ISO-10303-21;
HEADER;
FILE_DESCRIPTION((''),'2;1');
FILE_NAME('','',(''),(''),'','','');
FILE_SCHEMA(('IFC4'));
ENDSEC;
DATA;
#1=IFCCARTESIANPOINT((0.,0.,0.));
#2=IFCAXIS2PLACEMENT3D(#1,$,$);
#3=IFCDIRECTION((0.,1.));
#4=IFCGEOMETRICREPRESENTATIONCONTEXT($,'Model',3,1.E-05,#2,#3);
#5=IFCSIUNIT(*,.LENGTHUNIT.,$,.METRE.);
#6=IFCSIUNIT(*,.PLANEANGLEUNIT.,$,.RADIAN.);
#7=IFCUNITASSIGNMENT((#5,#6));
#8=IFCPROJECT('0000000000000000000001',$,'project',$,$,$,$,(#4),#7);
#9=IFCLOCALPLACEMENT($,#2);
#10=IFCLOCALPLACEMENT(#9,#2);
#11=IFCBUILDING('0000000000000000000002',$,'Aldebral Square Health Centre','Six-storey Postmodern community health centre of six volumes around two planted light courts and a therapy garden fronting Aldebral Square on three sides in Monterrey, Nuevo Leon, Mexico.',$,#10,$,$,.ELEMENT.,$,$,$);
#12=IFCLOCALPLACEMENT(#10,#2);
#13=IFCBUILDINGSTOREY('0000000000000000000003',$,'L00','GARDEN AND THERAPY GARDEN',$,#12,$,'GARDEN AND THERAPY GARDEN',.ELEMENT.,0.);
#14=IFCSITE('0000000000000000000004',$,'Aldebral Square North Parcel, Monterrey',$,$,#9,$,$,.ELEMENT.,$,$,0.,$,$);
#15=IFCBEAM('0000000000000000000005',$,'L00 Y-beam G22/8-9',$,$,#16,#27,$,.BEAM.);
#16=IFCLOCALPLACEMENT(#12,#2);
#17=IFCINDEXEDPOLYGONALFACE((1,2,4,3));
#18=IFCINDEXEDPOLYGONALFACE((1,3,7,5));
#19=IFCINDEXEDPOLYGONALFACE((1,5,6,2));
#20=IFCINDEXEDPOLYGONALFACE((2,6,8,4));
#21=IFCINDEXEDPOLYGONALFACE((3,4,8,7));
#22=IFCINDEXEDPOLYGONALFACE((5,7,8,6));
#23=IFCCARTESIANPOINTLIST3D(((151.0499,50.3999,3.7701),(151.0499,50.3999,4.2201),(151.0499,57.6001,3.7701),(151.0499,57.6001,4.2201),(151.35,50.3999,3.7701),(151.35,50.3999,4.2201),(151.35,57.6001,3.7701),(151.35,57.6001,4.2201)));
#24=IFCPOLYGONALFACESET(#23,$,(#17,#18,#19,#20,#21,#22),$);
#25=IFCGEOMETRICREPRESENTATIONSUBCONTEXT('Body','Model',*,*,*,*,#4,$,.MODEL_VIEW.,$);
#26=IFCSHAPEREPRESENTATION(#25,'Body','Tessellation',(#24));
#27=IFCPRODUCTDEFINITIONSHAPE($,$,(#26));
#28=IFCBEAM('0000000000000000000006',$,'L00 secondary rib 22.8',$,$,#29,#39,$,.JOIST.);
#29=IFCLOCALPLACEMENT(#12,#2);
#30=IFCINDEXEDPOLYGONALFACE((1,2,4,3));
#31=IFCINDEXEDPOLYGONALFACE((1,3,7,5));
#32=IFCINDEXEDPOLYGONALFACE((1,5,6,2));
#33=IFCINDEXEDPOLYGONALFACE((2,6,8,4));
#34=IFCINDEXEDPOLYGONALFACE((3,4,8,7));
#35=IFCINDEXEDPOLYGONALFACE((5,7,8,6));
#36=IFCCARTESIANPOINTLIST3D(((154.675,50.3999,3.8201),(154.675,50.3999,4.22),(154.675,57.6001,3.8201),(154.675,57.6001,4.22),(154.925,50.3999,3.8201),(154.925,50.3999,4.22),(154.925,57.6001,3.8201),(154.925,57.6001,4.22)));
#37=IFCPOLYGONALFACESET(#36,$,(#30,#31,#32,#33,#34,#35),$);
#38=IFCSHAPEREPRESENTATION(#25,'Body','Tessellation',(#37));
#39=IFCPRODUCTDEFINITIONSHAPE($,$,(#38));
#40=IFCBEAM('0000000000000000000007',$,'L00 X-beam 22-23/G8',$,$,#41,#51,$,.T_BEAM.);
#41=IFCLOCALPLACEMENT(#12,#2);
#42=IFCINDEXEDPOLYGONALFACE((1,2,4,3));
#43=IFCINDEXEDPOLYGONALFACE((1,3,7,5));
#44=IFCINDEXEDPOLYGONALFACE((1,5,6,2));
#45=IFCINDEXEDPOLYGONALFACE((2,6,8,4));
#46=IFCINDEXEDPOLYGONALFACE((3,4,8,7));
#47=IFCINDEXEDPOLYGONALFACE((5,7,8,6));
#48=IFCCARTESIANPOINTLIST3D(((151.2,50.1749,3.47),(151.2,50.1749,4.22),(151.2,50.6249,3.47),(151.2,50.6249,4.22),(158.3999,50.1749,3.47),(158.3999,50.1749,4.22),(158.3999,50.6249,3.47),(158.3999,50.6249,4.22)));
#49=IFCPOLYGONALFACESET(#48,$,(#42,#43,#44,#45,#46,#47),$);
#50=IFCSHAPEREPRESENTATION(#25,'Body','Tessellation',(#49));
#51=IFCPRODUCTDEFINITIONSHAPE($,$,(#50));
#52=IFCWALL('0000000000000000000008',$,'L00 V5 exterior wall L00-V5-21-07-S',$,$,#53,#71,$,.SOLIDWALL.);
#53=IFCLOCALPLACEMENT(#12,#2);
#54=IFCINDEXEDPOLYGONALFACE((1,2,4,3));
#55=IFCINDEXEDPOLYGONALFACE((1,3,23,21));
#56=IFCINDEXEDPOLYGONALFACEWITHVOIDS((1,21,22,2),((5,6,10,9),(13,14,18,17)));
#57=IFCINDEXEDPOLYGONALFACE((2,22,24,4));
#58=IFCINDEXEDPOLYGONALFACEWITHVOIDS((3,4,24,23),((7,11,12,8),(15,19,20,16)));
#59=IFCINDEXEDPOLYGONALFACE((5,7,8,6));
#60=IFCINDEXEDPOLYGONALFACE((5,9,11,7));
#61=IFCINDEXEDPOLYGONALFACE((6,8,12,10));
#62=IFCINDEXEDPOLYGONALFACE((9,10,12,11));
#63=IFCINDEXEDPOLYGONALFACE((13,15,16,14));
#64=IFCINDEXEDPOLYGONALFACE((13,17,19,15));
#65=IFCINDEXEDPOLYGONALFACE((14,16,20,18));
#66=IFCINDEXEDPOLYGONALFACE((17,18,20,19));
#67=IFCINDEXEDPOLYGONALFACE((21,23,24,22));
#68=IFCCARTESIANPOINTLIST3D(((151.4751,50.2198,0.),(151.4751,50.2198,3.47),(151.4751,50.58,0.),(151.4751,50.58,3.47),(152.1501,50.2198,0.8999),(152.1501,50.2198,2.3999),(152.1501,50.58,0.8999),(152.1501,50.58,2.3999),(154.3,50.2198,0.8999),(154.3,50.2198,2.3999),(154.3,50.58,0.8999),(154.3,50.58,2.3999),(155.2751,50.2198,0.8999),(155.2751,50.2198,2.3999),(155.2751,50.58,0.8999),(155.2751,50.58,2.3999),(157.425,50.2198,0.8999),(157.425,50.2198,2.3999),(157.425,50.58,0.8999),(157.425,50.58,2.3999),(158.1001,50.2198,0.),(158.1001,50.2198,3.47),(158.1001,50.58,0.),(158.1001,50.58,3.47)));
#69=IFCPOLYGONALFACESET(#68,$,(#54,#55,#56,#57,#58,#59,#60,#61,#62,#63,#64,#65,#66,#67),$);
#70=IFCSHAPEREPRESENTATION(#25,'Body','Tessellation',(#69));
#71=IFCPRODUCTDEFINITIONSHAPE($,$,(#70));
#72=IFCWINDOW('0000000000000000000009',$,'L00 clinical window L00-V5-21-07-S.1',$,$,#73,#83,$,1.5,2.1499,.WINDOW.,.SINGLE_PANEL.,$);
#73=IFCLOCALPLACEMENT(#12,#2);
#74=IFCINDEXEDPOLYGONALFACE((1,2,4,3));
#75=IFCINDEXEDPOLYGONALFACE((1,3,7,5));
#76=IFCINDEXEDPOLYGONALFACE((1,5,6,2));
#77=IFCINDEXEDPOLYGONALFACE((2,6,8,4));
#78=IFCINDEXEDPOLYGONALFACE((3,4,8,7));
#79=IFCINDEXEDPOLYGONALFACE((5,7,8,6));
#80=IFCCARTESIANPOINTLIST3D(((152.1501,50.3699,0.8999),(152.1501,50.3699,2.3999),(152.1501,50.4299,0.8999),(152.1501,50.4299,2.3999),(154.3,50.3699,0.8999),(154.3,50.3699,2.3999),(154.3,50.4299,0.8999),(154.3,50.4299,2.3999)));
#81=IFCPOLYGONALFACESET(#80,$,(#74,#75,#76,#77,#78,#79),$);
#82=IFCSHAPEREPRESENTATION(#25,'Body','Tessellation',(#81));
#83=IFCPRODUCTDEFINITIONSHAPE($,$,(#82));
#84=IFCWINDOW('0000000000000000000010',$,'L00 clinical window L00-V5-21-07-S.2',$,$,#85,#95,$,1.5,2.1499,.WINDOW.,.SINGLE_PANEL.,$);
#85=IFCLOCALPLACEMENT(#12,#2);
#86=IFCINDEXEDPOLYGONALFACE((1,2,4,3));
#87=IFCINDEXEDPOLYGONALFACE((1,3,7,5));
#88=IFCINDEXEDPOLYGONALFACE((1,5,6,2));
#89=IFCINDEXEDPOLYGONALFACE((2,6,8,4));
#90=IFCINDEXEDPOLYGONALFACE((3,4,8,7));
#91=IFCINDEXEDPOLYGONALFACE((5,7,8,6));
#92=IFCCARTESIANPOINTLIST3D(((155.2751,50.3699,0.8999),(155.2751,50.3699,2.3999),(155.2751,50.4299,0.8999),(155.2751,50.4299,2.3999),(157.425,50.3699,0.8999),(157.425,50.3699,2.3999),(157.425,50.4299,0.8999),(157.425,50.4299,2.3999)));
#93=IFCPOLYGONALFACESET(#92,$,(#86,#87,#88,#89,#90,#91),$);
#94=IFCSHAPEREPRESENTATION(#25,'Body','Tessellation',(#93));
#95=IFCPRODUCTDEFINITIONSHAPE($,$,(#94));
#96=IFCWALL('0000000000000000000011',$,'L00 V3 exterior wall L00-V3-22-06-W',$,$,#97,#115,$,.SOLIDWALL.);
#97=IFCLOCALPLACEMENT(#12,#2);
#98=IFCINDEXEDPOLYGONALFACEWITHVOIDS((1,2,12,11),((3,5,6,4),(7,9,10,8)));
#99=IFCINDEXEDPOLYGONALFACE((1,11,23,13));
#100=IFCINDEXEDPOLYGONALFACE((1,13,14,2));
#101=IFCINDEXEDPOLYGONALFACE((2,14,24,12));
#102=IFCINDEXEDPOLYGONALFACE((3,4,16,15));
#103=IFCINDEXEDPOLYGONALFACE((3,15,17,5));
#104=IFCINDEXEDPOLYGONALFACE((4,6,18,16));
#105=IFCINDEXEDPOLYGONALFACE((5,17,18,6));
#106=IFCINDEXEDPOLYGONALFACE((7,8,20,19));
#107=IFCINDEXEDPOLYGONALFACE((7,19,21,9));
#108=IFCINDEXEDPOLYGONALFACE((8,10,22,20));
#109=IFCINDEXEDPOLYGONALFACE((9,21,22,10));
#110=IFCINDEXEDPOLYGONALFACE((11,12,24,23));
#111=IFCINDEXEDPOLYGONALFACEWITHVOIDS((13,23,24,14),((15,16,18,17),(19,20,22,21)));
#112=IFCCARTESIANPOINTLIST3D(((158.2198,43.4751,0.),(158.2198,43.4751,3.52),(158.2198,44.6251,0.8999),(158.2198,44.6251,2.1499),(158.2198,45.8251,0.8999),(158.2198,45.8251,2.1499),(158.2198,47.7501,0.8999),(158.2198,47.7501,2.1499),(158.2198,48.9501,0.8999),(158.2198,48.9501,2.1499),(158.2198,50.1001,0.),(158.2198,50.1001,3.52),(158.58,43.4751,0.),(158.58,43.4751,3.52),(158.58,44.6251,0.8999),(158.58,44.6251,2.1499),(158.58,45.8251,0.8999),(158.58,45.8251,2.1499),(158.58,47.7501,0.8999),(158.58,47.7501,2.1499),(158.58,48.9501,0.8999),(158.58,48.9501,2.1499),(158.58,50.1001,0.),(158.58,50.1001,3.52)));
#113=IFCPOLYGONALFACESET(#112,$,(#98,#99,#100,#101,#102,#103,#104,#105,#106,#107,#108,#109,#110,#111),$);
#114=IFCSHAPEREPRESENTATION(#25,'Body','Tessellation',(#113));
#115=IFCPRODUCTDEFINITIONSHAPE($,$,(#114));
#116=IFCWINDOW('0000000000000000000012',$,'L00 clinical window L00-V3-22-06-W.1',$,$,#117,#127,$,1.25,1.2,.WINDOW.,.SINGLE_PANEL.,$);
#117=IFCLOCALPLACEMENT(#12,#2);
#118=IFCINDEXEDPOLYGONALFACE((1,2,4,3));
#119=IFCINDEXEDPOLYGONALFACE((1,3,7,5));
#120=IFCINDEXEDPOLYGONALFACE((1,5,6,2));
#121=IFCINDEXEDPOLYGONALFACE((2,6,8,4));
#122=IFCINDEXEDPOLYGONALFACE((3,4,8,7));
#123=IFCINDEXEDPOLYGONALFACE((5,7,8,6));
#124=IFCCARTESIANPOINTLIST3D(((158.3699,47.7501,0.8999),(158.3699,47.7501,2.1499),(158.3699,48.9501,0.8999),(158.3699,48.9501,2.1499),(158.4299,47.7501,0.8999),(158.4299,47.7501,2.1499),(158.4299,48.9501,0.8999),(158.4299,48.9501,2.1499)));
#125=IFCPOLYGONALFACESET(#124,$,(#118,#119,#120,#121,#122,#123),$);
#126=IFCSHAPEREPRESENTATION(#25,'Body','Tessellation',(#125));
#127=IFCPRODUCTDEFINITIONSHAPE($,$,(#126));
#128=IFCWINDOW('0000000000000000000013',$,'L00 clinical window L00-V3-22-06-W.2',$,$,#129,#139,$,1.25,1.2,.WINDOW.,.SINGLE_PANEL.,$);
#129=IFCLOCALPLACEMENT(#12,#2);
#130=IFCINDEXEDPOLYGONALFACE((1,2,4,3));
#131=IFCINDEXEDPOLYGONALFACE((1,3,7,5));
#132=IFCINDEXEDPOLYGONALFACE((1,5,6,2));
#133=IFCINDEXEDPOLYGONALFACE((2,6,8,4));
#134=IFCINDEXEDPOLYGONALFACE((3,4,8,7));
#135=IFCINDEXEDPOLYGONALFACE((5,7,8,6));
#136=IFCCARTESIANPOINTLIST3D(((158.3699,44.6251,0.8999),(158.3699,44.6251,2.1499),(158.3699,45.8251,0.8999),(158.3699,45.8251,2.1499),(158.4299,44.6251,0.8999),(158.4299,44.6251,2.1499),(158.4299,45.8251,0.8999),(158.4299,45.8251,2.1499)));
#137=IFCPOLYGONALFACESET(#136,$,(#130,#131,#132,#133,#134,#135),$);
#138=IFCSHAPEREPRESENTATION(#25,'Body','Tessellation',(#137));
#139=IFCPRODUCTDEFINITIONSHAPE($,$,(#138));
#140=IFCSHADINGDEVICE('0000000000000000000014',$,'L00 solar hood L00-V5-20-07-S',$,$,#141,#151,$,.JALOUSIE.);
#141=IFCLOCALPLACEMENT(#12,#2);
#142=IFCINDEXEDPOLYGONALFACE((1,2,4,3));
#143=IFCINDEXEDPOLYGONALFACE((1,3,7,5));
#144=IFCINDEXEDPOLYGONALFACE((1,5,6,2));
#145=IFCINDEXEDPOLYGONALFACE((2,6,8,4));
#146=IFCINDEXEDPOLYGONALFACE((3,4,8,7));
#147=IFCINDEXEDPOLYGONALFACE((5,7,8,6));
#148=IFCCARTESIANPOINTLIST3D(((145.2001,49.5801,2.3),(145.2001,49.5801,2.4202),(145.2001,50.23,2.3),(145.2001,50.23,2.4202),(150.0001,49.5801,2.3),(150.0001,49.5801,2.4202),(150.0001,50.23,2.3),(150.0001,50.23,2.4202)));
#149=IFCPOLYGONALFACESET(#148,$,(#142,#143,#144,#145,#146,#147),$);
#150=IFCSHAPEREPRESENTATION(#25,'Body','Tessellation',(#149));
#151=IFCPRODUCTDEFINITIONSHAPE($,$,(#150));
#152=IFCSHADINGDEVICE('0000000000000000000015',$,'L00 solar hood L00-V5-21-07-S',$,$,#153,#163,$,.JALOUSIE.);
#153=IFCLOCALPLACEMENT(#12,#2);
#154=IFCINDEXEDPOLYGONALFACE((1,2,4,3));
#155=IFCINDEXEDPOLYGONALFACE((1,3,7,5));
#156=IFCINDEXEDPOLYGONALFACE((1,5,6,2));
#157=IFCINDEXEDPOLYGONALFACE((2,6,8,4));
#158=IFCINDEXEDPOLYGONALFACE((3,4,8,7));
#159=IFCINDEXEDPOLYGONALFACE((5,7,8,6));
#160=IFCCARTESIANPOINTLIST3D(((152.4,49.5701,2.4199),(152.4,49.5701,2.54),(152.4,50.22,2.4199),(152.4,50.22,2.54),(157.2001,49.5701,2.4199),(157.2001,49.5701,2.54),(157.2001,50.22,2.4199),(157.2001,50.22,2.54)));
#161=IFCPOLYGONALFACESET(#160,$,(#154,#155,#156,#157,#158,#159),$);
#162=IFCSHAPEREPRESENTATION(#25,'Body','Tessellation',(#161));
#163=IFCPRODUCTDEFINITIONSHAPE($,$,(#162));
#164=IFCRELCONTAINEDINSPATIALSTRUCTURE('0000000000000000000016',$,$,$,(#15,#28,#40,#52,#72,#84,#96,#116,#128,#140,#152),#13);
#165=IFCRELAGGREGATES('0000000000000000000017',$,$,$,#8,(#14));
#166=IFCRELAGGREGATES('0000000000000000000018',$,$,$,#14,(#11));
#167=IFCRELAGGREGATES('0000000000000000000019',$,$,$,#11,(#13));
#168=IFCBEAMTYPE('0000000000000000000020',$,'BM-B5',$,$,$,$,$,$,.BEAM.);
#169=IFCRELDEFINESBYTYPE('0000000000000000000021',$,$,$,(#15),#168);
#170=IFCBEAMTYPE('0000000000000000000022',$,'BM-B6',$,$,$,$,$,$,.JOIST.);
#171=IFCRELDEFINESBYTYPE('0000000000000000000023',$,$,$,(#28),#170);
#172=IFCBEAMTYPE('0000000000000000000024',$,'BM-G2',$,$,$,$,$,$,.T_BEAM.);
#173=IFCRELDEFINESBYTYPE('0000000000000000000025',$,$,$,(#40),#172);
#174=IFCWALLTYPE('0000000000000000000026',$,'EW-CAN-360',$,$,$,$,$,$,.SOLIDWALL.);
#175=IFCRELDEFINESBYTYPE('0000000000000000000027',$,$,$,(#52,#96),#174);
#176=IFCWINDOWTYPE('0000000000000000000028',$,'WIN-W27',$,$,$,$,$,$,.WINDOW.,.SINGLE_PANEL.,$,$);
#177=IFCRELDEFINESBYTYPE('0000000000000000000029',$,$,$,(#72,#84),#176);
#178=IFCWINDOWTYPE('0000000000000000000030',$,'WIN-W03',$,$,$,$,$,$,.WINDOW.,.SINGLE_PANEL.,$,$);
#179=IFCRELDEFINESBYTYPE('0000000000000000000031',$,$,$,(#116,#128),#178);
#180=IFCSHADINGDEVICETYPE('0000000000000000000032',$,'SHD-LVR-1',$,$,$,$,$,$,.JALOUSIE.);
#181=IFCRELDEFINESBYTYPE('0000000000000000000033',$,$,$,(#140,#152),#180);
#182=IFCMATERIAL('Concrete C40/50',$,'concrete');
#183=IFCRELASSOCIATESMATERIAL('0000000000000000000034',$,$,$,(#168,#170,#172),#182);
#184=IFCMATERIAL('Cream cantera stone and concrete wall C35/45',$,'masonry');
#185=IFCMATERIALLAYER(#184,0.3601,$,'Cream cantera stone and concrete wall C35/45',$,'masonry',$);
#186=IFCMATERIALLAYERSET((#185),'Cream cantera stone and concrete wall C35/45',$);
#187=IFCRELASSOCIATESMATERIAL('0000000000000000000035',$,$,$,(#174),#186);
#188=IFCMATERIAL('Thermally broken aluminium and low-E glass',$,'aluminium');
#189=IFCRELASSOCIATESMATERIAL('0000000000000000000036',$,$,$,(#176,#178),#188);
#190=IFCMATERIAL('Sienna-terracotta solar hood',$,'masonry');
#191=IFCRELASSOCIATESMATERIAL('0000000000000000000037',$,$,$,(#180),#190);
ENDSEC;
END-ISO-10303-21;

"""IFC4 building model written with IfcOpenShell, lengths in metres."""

from ifc_helpers import new_model, si_unit, direction, frame, frame_2d, origin, origin_2d, place, context, subcontext, project, spatial, rectangle, extrude, material, layer, layer_set, material_profile, profile_set, type_object, element, fill, save


model = new_model("IFC4")

# Units and contexts
model_context = context("Model", 3, precision=1e-05, world=origin(), true_north=direction((0.0, 1.0)))
body_context = subcontext(model_context, "Body", "Model", "MODEL_VIEW")
ifc_project = project(units=[si_unit("LENGTHUNIT", "METRE"), si_unit("PLANEANGLEUNIT", "RADIAN")], contexts=[model_context])

# Site, building, storey
site_placement = place(None, origin())
site = spatial("IfcSite", under=ifc_project, at=site_placement, Name="Aldebral Square North Parcel, Monterrey", CompositionType="ELEMENT", RefElevation=0.0)
building_placement = place(site_placement, origin())
building = spatial("IfcBuilding", under=site, at=building_placement, Name="Aldebral Square Health Centre", Description="Six-storey Postmodern community health centre of six volumes around two planted light courts and a therapy garden fronting Aldebral Square on three sides in Monterrey, Nuevo Leon, Mexico.", CompositionType="ELEMENT")
storey_placement = place(building_placement, origin())
storey = spatial("IfcBuildingStorey", under=building, at=storey_placement, Name="L00", Description="GARDEN AND THERAPY GARDEN", LongName="GARDEN AND THERAPY GARDEN", CompositionType="ELEMENT", Elevation=0.0)

# Shared definitions
ifc_material_1 = material(Name="Concrete C40/50", Category="concrete")

# Beams
ifc_material_profile_1 = material_profile(ifc_material_1, rectangle(XDim=0.3, YDim=0.45, at=origin_2d()), Name="RC 300x450")
ifc_profile_set_1 = profile_set([ifc_material_profile_1], Name="Concrete C40/50")
beam_type_1 = type_object("IfcBeamType", Name="BM-B5", PredefinedType="BEAM", material=ifc_profile_set_1)
beam_1_placement = place(storey_placement, frame((151.2, 50.3999, 3.9951), z_axis=(0.0, 1.0, 0.0), x_axis=(-1.0, 0.0, 0.0)))
element("IfcBeam", 1, at=beam_1_placement, inside=storey, type_object=beam_type_1, Name="L00 Y-beam G22/8-9", PredefinedType="BEAM", context=body_context, shape_type="SweptSolid", body=[
    extrude(rectangle(XDim=0.3, YDim=0.45, at=origin_2d()), origin(), (0.0, 0.0, 1.0), 7.2002),
])
ifc_material_profile_2 = material_profile(ifc_material_1, rectangle(XDim=0.25, YDim=0.3999, at=origin_2d()), Name="RC 250x400")
ifc_profile_set_2 = profile_set([ifc_material_profile_2], Name="Concrete C40/50")
beam_type_2 = type_object("IfcBeamType", Name="BM-B6", PredefinedType="JOIST", material=ifc_profile_set_2)
beam_2_placement = place(storey_placement, frame((154.8, 50.3999, 4.02), z_axis=(0.0, 1.0, 0.0), x_axis=(-1.0, 0.0, 0.0)))
element("IfcBeam", 2, at=beam_2_placement, inside=storey, type_object=beam_type_2, Name="L00 secondary rib 22.8", PredefinedType="JOIST", context=body_context, shape_type="SweptSolid", body=[
    extrude(rectangle(XDim=0.25, YDim=0.3999, at=origin_2d()), origin(), (0.0, 0.0, 1.0), 7.2002),
])
ifc_material_profile_3 = material_profile(ifc_material_1, rectangle(XDim=0.45, YDim=0.75, at=origin_2d()), Name="RC 450x750")
ifc_profile_set_3 = profile_set([ifc_material_profile_3], Name="Concrete C40/50")
beam_type_3 = type_object("IfcBeamType", Name="BM-G2", PredefinedType="T_BEAM", material=ifc_profile_set_3)
beam_3_placement = place(storey_placement, frame((151.2, 50.3999, 3.845), z_axis=(1.0, 0.0, 0.0), x_axis=(0.0, 1.0, 0.0)))
element("IfcBeam", 3, at=beam_3_placement, inside=storey, type_object=beam_type_3, Name="L00 X-beam 22-23/G8", PredefinedType="T_BEAM", context=body_context, shape_type="SweptSolid", body=[
    extrude(rectangle(XDim=0.45, YDim=0.75, at=origin_2d()), origin(), (0.0, 0.0, 1.0), 7.2),
])

# Walls, openings, windows
ifc_material_2 = material(Name="Cream cantera stone and concrete wall C35/45", Category="masonry")
ifc_layer_1 = layer(ifc_material_2, 0.3601, Name="Cream cantera stone and concrete wall C35/45", Category="masonry")
ifc_layer_set_1 = layer_set([ifc_layer_1], Name="Cream cantera stone and concrete wall C35/45")
wall_type = type_object("IfcWallType", Name="EW-CAN-360", PredefinedType="SOLIDWALL", material=ifc_layer_set_1)
wall_1_placement = place(storey_placement, frame((151.4751, 50.3999, 0.0), z_axis=(0.0, 0.0, 1.0), x_axis=(1.0, 0.0, 0.0)))
wall_1 = element("IfcWall", 4, at=wall_1_placement, inside=storey, type_object=wall_type, Name="L00 V5 exterior wall L00-V5-21-07-S", PredefinedType="SOLIDWALL", context=body_context, shape_type="SweptSolid", body=[
    extrude(rectangle(XDim=6.625, YDim=0.3601, at=frame_2d((3.3125, 0.0))), origin(), (0.0, 0.0, 1.0), 3.47),
])
opening_1_placement = place(wall_1_placement, frame((0.675, 0.0, 0.8999)))
opening_1 = element("IfcOpeningElement", 5, at=opening_1_placement, cuts=wall_1, PredefinedType="OPENING", context=body_context, shape_type="SweptSolid", body=[
    extrude(rectangle(XDim=2.1499, YDim=1.5, at=frame_2d((1.075, 0.75))), frame((0.0, 0.1899, 0.0), z_axis=(0.0, -1.0, 0.0), x_axis=(1.0, 0.0, 0.0)), (0.0, 0.0, 1.0), 0.3801),
])
opening_2_placement = place(wall_1_placement, frame((3.8, 0.0, 0.8999)))
opening_2 = element("IfcOpeningElement", 6, at=opening_2_placement, cuts=wall_1, PredefinedType="OPENING", context=body_context, shape_type="SweptSolid", body=[
    extrude(rectangle(XDim=2.1499, YDim=1.5, at=frame_2d((1.075, 0.75))), frame((0.0, 0.1899, 0.0), z_axis=(0.0, -1.0, 0.0), x_axis=(1.0, 0.0, 0.0)), (0.0, 0.0, 1.0), 0.3801),
])
ifc_material_3 = material(Name="Thermally broken aluminium and low-E glass", Category="aluminium")
window_type_1 = type_object("IfcWindowType", Name="WIN-W27", PartitioningType="SINGLE_PANEL", PredefinedType="WINDOW", material=ifc_material_3)
window_1_placement = place(opening_1_placement, origin())
window_1 = element("IfcWindow", 7, at=window_1_placement, inside=storey, type_object=window_type_1, Name="L00 clinical window L00-V5-21-07-S.1", OverallHeight=1.5, OverallWidth=2.1499, PartitioningType="SINGLE_PANEL", PredefinedType="WINDOW", context=body_context, shape_type="SweptSolid", body=[
    extrude(rectangle(XDim=2.1499, YDim=1.5, at=frame_2d((1.075, 0.75))), frame((0.0, 0.03, 0.0), z_axis=(0.0, -1.0, 0.0), x_axis=(1.0, 0.0, 0.0)), (0.0, 0.0, 1.0), 0.0601),
])
fill(opening_1, window_1)
window_2_placement = place(opening_2_placement, origin())
window_2 = element("IfcWindow", 8, at=window_2_placement, inside=storey, type_object=window_type_1, Name="L00 clinical window L00-V5-21-07-S.2", OverallHeight=1.5, OverallWidth=2.1499, PartitioningType="SINGLE_PANEL", PredefinedType="WINDOW", context=body_context, shape_type="SweptSolid", body=[
    extrude(rectangle(XDim=2.1499, YDim=1.5, at=frame_2d((1.075, 0.75))), frame((0.0, 0.03, 0.0), z_axis=(0.0, -1.0, 0.0), x_axis=(1.0, 0.0, 0.0)), (0.0, 0.0, 1.0), 0.0601),
])
fill(opening_2, window_2)
wall_2_placement = place(storey_placement, frame((158.3999, 50.1001, 0.0), z_axis=(0.0, 0.0, 1.0), x_axis=(0.0, -1.0, 0.0)))
wall_2 = element("IfcWall", 9, at=wall_2_placement, inside=storey, type_object=wall_type, Name="L00 V3 exterior wall L00-V3-22-06-W", PredefinedType="SOLIDWALL", context=body_context, shape_type="SweptSolid", body=[
    extrude(rectangle(XDim=6.625, YDim=0.3601, at=frame_2d((3.3125, 0.0))), origin(), (0.0, 0.0, 1.0), 3.52),
])
opening_3_placement = place(wall_2_placement, frame((1.1499, 0.0, 0.8999)))
opening_3 = element("IfcOpeningElement", 10, at=opening_3_placement, cuts=wall_2, PredefinedType="OPENING", context=body_context, shape_type="SweptSolid", body=[
    extrude(rectangle(XDim=1.2, YDim=1.25, at=frame_2d((0.6001, 0.625))), frame((0.0, 0.1899, 0.0), z_axis=(0.0, -1.0, 0.0), x_axis=(1.0, 0.0, 0.0)), (0.0, 0.0, 1.0), 0.3801),
])
opening_4_placement = place(wall_2_placement, frame((4.2749, 0.0, 0.8999)))
opening_4 = element("IfcOpeningElement", 11, at=opening_4_placement, cuts=wall_2, PredefinedType="OPENING", context=body_context, shape_type="SweptSolid", body=[
    extrude(rectangle(XDim=1.2, YDim=1.25, at=frame_2d((0.6001, 0.625))), frame((0.0, 0.1899, 0.0), z_axis=(0.0, -1.0, 0.0), x_axis=(1.0, 0.0, 0.0)), (0.0, 0.0, 1.0), 0.3801),
])
window_type_2 = type_object("IfcWindowType", Name="WIN-W03", PartitioningType="SINGLE_PANEL", PredefinedType="WINDOW", material=ifc_material_3)
window_3_placement = place(opening_3_placement, origin())
window_3 = element("IfcWindow", 12, at=window_3_placement, inside=storey, type_object=window_type_2, Name="L00 clinical window L00-V3-22-06-W.1", OverallHeight=1.25, OverallWidth=1.2, PartitioningType="SINGLE_PANEL", PredefinedType="WINDOW", context=body_context, shape_type="SweptSolid", body=[
    extrude(rectangle(XDim=1.2, YDim=1.25, at=frame_2d((0.6001, 0.625))), frame((0.0, 0.03, 0.0), z_axis=(0.0, -1.0, 0.0), x_axis=(1.0, 0.0, 0.0)), (0.0, 0.0, 1.0), 0.0601),
])
fill(opening_3, window_3)
window_4_placement = place(opening_4_placement, origin())
window_4 = element("IfcWindow", 13, at=window_4_placement, inside=storey, type_object=window_type_2, Name="L00 clinical window L00-V3-22-06-W.2", OverallHeight=1.25, OverallWidth=1.2, PartitioningType="SINGLE_PANEL", PredefinedType="WINDOW", context=body_context, shape_type="SweptSolid", body=[
    extrude(rectangle(XDim=1.2, YDim=1.25, at=frame_2d((0.6001, 0.625))), frame((0.0, 0.03, 0.0), z_axis=(0.0, -1.0, 0.0), x_axis=(1.0, 0.0, 0.0)), (0.0, 0.0, 1.0), 0.0601),
])
fill(opening_4, window_4)

# Shading devices
ifc_material_4 = material(Name="Sienna-terracotta solar hood", Category="masonry")
shading_device_type = type_object("IfcShadingDeviceType", Name="SHD-LVR-1", PredefinedType="JALOUSIE", material=ifc_material_4)
for number, where, z_axis, x_axis, name in (
    (14, (147.6001, 49.905, 2.3), (0.0, 0.0, 1.0), (1.0, 0.0, 0.0), "L00 solar hood L00-V5-20-07-S"),
    (15, (154.8, 49.895, 2.4199), (0.0, 0.0, 1.0), (1.0, 0.0, 0.0), "L00 solar hood L00-V5-21-07-S"),
):
    element("IfcShadingDevice", number, at=place(storey_placement, frame(where, z_axis=z_axis, x_axis=x_axis)), inside=storey, type_object=shading_device_type, Name=name, PredefinedType="JALOUSIE", context=body_context, shape_type="SweptSolid", body=[
        extrude(rectangle(XDim=4.8, YDim=0.6499, at=origin_2d()), origin(), (0.0, 0.0, 1.0), 0.1201),
    ])

save(model, "model.ifc")
